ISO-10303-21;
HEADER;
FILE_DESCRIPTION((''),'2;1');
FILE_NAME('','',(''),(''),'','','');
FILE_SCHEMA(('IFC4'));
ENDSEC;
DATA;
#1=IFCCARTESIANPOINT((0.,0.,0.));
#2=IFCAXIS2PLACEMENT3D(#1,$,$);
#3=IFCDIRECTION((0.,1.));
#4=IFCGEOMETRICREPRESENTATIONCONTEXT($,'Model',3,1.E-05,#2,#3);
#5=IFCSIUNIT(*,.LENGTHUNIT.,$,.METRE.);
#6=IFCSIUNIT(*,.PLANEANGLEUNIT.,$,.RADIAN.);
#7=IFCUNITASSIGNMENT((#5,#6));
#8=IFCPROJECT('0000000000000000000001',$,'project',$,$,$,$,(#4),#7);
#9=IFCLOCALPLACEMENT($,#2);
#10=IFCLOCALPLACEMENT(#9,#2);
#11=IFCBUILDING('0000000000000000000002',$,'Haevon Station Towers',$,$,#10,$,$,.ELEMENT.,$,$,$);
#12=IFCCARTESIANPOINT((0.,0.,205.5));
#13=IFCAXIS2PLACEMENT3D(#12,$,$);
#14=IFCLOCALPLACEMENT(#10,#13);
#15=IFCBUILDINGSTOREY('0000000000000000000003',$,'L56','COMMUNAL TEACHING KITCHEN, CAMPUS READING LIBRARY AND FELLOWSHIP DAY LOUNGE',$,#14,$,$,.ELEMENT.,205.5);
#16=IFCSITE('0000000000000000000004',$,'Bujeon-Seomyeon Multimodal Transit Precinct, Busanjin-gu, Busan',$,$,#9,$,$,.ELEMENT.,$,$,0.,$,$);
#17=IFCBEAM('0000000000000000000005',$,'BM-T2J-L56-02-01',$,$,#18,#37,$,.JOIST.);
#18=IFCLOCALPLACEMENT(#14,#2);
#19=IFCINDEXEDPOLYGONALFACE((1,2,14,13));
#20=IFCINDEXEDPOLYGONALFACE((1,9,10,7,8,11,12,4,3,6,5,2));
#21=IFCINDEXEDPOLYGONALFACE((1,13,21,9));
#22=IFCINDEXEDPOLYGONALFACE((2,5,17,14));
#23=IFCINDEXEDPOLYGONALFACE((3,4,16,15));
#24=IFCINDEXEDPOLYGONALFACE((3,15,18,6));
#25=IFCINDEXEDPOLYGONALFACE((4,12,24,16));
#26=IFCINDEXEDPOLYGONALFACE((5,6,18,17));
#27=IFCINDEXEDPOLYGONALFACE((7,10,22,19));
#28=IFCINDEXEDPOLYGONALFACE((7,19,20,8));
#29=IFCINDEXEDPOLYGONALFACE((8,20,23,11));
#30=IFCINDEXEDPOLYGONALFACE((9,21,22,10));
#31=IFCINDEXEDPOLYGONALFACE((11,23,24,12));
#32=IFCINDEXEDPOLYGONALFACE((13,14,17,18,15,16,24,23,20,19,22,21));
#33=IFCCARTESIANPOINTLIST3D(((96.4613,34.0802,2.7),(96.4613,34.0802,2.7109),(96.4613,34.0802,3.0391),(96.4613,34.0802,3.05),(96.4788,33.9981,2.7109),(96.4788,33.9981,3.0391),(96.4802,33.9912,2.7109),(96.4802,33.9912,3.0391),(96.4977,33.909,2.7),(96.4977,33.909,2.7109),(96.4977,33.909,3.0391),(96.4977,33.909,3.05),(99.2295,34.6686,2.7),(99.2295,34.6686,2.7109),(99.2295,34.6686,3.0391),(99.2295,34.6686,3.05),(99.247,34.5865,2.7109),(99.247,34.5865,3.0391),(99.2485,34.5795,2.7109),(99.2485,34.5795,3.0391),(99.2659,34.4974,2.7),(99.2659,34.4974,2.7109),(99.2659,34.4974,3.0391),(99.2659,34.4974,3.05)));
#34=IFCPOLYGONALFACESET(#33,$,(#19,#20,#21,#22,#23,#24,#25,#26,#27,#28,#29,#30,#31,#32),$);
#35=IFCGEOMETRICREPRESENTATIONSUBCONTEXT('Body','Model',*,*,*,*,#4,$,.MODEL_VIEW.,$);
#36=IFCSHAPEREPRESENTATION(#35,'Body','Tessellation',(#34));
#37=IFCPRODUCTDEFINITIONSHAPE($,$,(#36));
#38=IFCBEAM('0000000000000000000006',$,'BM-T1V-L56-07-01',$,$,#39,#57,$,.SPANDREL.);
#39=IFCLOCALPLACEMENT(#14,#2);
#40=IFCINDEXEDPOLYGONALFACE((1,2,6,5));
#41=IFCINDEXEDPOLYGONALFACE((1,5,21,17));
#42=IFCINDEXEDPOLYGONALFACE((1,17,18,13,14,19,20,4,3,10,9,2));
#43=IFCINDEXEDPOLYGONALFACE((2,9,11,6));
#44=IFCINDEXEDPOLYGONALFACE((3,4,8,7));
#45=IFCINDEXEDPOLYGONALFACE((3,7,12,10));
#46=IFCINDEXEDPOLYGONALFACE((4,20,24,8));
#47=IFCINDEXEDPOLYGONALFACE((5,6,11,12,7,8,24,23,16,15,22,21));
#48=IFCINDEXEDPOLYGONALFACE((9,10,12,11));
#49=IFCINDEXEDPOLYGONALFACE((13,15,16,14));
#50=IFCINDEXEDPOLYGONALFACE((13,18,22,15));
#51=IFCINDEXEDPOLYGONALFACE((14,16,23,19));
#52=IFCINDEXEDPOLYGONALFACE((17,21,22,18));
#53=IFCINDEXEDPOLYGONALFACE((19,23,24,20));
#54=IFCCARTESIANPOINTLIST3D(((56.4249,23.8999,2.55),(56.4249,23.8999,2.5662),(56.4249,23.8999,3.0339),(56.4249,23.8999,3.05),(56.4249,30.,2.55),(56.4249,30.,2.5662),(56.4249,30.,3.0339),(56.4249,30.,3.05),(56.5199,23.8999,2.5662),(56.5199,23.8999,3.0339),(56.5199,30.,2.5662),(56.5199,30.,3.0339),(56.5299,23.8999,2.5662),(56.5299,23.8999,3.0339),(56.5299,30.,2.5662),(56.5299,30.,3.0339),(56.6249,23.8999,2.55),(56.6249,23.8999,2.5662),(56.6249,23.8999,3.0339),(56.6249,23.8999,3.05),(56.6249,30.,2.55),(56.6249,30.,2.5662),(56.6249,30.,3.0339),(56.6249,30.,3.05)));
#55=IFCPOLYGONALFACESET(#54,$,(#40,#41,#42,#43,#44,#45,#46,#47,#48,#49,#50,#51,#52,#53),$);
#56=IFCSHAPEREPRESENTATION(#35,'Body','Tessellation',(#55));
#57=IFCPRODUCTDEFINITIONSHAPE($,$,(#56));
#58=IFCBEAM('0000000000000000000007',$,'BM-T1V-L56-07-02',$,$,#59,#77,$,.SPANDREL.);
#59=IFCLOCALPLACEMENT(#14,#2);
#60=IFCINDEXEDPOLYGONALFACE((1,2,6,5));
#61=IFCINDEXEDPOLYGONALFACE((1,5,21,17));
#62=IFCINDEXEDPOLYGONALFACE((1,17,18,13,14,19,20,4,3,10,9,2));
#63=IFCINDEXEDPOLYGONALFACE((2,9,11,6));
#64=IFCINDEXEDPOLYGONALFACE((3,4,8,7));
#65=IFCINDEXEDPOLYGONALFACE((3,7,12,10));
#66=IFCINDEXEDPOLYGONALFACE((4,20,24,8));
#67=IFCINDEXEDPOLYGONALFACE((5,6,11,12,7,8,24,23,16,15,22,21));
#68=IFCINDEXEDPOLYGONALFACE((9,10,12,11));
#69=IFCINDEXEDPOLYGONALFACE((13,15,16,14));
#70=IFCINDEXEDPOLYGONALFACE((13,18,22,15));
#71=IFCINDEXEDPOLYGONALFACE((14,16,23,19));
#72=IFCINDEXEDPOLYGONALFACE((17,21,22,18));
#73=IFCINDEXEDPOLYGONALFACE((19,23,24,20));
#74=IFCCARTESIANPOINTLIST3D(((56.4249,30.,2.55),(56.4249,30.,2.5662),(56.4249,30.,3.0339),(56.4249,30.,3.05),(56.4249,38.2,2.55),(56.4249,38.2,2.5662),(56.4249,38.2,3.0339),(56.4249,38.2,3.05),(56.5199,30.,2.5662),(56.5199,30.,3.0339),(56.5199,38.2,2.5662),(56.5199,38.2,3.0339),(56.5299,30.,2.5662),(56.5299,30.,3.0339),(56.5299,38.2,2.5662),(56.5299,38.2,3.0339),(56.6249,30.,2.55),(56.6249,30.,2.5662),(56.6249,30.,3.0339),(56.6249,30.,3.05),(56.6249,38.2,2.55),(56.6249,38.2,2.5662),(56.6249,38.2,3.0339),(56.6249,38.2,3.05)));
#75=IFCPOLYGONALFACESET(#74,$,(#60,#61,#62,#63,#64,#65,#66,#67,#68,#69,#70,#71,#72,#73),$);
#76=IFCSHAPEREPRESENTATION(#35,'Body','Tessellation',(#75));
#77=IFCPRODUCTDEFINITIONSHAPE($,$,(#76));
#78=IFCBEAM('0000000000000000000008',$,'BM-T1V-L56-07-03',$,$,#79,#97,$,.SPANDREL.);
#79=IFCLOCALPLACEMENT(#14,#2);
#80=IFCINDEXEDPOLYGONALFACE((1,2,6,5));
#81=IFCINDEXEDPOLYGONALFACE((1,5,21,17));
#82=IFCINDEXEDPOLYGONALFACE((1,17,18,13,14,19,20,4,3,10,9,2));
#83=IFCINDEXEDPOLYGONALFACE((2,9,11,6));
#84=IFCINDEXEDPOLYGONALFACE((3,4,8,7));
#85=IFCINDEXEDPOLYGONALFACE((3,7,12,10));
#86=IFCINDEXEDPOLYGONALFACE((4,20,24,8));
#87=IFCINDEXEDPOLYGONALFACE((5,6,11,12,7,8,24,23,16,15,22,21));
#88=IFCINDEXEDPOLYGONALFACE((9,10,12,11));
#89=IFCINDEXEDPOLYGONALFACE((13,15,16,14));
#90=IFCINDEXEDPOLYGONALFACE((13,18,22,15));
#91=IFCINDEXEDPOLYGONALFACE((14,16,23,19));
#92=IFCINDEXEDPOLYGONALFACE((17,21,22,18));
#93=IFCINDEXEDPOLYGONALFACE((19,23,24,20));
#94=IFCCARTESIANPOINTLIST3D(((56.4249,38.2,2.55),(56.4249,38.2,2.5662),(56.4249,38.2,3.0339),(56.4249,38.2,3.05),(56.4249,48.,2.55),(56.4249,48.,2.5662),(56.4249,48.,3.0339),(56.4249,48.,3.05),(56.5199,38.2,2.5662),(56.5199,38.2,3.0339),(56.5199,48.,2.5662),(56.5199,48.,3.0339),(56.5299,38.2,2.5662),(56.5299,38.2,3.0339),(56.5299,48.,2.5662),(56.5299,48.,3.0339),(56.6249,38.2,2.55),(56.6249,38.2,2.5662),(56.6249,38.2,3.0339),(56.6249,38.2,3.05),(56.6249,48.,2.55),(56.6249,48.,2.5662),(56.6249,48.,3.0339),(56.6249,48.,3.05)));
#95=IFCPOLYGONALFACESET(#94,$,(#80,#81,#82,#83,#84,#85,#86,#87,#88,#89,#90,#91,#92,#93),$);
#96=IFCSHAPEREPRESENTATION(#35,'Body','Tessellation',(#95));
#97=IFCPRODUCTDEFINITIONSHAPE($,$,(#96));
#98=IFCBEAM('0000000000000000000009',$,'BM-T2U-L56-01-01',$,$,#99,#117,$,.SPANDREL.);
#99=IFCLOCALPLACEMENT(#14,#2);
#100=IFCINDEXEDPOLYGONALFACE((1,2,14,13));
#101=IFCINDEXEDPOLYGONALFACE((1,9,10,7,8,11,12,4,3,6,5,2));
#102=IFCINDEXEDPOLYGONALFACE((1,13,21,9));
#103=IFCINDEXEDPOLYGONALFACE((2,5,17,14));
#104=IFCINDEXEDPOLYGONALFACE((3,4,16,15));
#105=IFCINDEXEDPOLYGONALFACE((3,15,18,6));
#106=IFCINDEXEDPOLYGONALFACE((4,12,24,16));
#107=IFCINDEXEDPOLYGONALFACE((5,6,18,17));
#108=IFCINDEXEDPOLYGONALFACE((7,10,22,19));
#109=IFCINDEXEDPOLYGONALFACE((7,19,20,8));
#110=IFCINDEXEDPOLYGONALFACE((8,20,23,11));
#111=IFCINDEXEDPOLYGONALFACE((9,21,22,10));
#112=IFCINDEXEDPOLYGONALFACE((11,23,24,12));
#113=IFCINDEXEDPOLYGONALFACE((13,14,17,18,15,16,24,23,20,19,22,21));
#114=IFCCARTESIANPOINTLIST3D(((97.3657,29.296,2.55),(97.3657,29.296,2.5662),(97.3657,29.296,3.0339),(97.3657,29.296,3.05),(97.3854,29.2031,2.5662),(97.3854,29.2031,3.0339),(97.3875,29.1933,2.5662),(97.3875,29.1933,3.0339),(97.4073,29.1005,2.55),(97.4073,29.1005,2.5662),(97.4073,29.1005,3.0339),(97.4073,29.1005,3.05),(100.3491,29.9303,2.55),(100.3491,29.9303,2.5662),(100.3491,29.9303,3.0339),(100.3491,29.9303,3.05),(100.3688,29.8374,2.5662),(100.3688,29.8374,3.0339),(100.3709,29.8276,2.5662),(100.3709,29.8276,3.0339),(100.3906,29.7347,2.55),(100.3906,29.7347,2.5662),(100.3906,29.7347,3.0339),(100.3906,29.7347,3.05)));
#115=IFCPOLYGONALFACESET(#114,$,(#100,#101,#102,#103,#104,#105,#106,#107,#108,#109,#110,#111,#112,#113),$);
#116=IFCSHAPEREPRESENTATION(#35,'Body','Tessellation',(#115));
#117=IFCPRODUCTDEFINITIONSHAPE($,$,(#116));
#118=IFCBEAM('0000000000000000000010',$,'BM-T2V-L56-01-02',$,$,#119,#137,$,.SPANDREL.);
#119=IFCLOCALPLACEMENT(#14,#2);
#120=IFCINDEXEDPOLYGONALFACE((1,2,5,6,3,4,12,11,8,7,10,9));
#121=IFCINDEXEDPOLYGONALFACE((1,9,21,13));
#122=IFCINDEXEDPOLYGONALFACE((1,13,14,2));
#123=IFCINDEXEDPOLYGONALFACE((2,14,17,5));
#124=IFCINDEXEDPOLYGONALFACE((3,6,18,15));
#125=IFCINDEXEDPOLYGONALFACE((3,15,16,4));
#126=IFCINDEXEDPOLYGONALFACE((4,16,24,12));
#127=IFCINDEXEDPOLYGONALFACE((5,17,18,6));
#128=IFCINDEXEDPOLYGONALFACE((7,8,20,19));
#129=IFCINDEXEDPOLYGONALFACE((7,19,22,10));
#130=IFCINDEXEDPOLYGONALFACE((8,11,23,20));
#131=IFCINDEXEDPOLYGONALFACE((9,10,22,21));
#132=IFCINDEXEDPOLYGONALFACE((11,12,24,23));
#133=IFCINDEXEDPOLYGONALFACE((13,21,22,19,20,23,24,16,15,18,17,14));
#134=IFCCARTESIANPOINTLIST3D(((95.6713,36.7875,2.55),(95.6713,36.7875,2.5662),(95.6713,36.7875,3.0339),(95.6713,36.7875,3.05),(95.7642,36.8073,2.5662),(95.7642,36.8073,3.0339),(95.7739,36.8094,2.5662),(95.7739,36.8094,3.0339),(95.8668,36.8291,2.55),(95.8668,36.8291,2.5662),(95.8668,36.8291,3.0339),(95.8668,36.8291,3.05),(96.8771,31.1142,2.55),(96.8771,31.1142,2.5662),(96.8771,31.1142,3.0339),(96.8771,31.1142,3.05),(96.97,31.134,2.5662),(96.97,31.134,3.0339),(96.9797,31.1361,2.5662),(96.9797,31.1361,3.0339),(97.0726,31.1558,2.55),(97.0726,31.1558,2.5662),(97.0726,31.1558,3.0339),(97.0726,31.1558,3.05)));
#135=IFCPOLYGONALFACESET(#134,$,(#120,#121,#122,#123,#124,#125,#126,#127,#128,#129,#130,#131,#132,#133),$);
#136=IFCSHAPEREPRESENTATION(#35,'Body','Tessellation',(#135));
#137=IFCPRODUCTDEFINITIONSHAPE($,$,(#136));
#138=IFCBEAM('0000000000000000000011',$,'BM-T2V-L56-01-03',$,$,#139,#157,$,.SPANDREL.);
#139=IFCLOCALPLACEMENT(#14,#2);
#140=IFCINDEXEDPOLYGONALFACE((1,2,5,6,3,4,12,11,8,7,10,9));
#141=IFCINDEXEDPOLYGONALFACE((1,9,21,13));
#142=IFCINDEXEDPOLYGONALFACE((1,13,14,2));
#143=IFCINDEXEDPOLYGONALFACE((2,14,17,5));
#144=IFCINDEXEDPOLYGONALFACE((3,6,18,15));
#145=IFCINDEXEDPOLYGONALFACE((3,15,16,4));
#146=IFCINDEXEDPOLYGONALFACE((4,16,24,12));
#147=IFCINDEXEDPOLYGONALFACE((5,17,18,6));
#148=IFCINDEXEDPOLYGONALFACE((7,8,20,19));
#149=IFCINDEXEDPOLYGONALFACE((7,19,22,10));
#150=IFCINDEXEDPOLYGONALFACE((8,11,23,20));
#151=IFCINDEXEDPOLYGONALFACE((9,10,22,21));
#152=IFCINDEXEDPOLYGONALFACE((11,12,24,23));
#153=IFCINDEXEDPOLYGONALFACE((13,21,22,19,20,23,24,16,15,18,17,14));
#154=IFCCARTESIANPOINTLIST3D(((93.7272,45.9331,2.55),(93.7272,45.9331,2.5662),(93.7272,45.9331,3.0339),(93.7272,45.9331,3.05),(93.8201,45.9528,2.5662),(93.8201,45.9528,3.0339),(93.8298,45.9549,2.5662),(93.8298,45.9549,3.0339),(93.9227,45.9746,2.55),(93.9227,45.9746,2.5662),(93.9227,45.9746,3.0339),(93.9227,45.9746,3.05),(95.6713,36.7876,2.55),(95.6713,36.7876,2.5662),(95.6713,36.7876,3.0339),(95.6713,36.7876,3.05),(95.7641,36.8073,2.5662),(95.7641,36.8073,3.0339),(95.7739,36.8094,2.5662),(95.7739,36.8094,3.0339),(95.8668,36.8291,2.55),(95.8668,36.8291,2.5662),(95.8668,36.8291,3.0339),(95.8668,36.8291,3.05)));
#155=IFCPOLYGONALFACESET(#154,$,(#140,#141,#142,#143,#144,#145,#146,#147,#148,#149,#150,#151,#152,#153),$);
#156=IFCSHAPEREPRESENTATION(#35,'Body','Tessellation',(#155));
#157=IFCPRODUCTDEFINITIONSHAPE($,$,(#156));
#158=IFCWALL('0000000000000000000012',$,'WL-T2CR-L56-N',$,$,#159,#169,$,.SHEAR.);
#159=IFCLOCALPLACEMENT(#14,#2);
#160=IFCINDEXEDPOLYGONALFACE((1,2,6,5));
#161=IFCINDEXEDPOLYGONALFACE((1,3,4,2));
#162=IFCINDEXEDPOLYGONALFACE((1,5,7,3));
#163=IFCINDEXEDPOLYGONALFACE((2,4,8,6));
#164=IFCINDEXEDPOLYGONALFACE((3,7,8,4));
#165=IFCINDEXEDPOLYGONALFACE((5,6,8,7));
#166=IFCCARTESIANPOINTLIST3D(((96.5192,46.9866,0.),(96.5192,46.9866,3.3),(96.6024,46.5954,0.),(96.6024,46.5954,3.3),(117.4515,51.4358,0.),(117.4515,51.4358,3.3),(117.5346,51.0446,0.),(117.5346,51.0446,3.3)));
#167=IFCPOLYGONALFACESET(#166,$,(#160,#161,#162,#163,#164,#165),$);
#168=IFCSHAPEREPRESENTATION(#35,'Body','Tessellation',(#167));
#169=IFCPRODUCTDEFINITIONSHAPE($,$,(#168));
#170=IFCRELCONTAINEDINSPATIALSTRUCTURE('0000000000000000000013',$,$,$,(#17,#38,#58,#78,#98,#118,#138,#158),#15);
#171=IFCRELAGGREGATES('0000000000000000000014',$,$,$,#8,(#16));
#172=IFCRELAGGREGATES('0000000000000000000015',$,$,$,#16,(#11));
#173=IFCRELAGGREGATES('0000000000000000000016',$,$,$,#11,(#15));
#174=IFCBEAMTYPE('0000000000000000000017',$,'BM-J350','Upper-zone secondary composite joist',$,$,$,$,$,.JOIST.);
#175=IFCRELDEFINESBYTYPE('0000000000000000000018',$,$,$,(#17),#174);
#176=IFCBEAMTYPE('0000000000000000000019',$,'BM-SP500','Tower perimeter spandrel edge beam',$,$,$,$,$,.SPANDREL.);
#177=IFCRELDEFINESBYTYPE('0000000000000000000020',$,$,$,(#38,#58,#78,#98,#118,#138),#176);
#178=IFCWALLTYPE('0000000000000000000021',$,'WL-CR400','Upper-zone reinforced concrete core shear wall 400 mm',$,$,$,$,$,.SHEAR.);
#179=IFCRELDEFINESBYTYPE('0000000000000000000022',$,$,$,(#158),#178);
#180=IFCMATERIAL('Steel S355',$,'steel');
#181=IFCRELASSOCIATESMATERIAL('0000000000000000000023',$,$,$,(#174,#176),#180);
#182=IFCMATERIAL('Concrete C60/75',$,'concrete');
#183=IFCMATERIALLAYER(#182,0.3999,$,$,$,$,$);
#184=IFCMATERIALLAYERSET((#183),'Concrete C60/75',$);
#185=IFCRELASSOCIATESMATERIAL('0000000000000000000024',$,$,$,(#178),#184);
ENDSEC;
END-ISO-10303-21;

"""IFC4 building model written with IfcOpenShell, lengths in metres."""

from ifc_helpers import new_model, si_unit, direction, frame, frame_2d, origin, origin_2d, place, context, subcontext, project, spatial, rectangle, i_section, extrude, material, layer, layer_set, material_profile, profile_set, type_object, element, save


model = new_model("IFC4")

# Units and contexts
model_context = context("Model", 3, precision=1e-05, world=origin(), true_north=direction((0.0, 1.0)))
body_context = subcontext(model_context, "Body", "Model", "MODEL_VIEW")
ifc_project = project(units=[si_unit("LENGTHUNIT", "METRE"), si_unit("PLANEANGLEUNIT", "RADIAN")], contexts=[model_context])

# Site, building, storey
site_placement = place(None, origin())
site = spatial("IfcSite", under=ifc_project, at=site_placement, Name="Bujeon-Seomyeon Multimodal Transit Precinct, Busanjin-gu, Busan", CompositionType="ELEMENT", RefElevation=0.0)
building_placement = place(site_placement, origin())
building = spatial("IfcBuilding", under=site, at=building_placement, Name="Haevon Station Towers", CompositionType="ELEMENT")
storey_placement = place(building_placement, frame((0.0, 0.0, 205.5)))
storey = spatial("IfcBuildingStorey", under=building, at=storey_placement, Name="L56", Description="COMMUNAL TEACHING KITCHEN, CAMPUS READING LIBRARY AND FELLOWSHIP DAY LOUNGE", CompositionType="ELEMENT", Elevation=205.5)

# Shared definitions
ifc_material_1 = material(Name="Steel S355", Category="steel")

# Beams
ifc_material_profile_1 = material_profile(ifc_material_1, i_section(OverallWidth=0.175, OverallDepth=0.3501, WebThickness=0.0071, FlangeThickness=0.011, at=origin_2d()), Name="H-350x175x7x11")
ifc_profile_set_1 = profile_set([ifc_material_profile_1], Name="Steel S355")
beam_type_1 = type_object("IfcBeamType", Name="BM-J350", Description="Upper-zone secondary composite joist", PredefinedType="JOIST", material=ifc_profile_set_1)
beam_1_placement = place(storey_placement, frame((96.4795, 33.9946, 2.875), z_axis=(0.978151, 0.207897, 0.0), x_axis=(-0.207897, 0.978151, 0.0)))
element("IfcBeam", 1, at=beam_1_placement, inside=storey, type_object=beam_type_1, Name="BM-T2J-L56-02-01", PredefinedType="JOIST", context=body_context, shape_type="SweptSolid", body=[
    extrude(i_section(OverallWidth=0.175, OverallDepth=0.3501, WebThickness=0.0071, FlangeThickness=0.011, at=origin_2d()), origin(), (0.0, 0.0, 1.0), 2.8301),
])
ifc_material_profile_2 = material_profile(ifc_material_1, i_section(OverallWidth=0.2, OverallDepth=0.5, WebThickness=0.01, FlangeThickness=0.0161, at=origin_2d()), Name="H-500x200x10x16")
ifc_profile_set_2 = profile_set([ifc_material_profile_2], Name="Steel S355")
beam_type_2 = type_object("IfcBeamType", Name="BM-SP500", Description="Tower perimeter spandrel edge beam", PredefinedType="SPANDREL", material=ifc_profile_set_2)
beam_2_placement = place(storey_placement, frame((56.5249, 23.8999, 2.8), z_axis=(0.0, 1.0, 0.0), x_axis=(-1.0, 0.0, 0.0)))
element("IfcBeam", 2, at=beam_2_placement, inside=storey, type_object=beam_type_2, Name="BM-T1V-L56-07-01", PredefinedType="SPANDREL", context=body_context, shape_type="SweptSolid", body=[
    extrude(i_section(OverallWidth=0.2, OverallDepth=0.5, WebThickness=0.01, FlangeThickness=0.0161, at=origin_2d()), origin(), (0.0, 0.0, 1.0), 6.1001),
])
beam_3_placement = place(storey_placement, frame((56.5249, 30.0, 2.8), z_axis=(0.0, 1.0, 0.0), x_axis=(-1.0, 0.0, 0.0)))
element("IfcBeam", 3, at=beam_3_placement, inside=storey, type_object=beam_type_2, Name="BM-T1V-L56-07-02", PredefinedType="SPANDREL", context=body_context, shape_type="SweptSolid", body=[
    extrude(i_section(OverallWidth=0.2, OverallDepth=0.5, WebThickness=0.01, FlangeThickness=0.0161, at=origin_2d()), origin(), (0.0, 0.0, 1.0), 8.2),
])
beam_4_placement = place(storey_placement, frame((56.5249, 38.2, 2.8), z_axis=(0.0, 1.0, 0.0), x_axis=(-1.0, 0.0, 0.0)))
element("IfcBeam", 4, at=beam_4_placement, inside=storey, type_object=beam_type_2, Name="BM-T1V-L56-07-03", PredefinedType="SPANDREL", context=body_context, shape_type="SweptSolid", body=[
    extrude(i_section(OverallWidth=0.2, OverallDepth=0.5, WebThickness=0.01, FlangeThickness=0.0161, at=origin_2d()), origin(), (0.0, 0.0, 1.0), 9.8),
])
beam_5_placement = place(storey_placement, frame((97.3865, 29.1982, 2.8), z_axis=(0.978139, 0.207954, 0.0), x_axis=(-0.207954, 0.978139, 0.0)))
element("IfcBeam", 5, at=beam_5_placement, inside=storey, type_object=beam_type_2, Name="BM-T2U-L56-01-01", PredefinedType="SPANDREL", context=body_context, shape_type="SweptSolid", body=[
    extrude(i_section(OverallWidth=0.2, OverallDepth=0.5, WebThickness=0.01, FlangeThickness=0.0161, at=origin_2d()), origin(), (0.0, 0.0, 1.0), 3.05),
])
beam_6_placement = place(storey_placement, frame((96.9749, 31.135, 2.8), z_axis=(-0.207896, 0.978151, 0.0), x_axis=(-0.978151, -0.207896, 0.0)))
element("IfcBeam", 6, at=beam_6_placement, inside=storey, type_object=beam_type_2, Name="BM-T2V-L56-01-02", PredefinedType="SPANDREL", context=body_context, shape_type="SweptSolid", body=[
    extrude(i_section(OverallWidth=0.2, OverallDepth=0.5, WebThickness=0.01, FlangeThickness=0.0161, at=origin_2d()), origin(), (0.0, 0.0, 1.0), 5.8),
])
beam_7_placement = place(storey_placement, frame((95.769, 36.8083, 2.8), z_axis=(-0.207927, 0.978144, 0.0), x_axis=(-0.978144, -0.207927, 0.0)))
element("IfcBeam", 7, at=beam_7_placement, inside=storey, type_object=beam_type_2, Name="BM-T2V-L56-01-03", PredefinedType="SPANDREL", context=body_context, shape_type="SweptSolid", body=[
    extrude(i_section(OverallWidth=0.2, OverallDepth=0.5, WebThickness=0.01, FlangeThickness=0.0161, at=origin_2d()), origin(), (0.0, 0.0, 1.0), 9.3499),
])

# Wall
ifc_material_2 = material(Name="Concrete C60/75", Category="concrete")
ifc_layer_1 = layer(ifc_material_2, 0.3999)
ifc_layer_set_1 = layer_set([ifc_layer_1], Name="Concrete C60/75")
wall_type_1 = type_object("IfcWallType", Name="WL-CR400", Description="Upper-zone reinforced concrete core shear wall 400 mm", PredefinedType="SHEAR", material=ifc_layer_set_1)
wall_1_placement = place(storey_placement, frame((96.5608, 46.791, 0.0), z_axis=(0.0, 0.0, 1.0), x_axis=(0.978148, 0.207907, 0.0)))
element("IfcWall", 8, at=wall_1_placement, inside=storey, type_object=wall_type_1, Name="WL-T2CR-L56-N", PredefinedType="SHEAR", context=body_context, shape_type="SweptSolid", body=[
    extrude(rectangle(XDim=21.3999, YDim=0.3999, at=frame_2d((10.7, 0.0))), origin(), (0.0, 0.0, 1.0), 3.3),
])

save(model, "model.ifc")
